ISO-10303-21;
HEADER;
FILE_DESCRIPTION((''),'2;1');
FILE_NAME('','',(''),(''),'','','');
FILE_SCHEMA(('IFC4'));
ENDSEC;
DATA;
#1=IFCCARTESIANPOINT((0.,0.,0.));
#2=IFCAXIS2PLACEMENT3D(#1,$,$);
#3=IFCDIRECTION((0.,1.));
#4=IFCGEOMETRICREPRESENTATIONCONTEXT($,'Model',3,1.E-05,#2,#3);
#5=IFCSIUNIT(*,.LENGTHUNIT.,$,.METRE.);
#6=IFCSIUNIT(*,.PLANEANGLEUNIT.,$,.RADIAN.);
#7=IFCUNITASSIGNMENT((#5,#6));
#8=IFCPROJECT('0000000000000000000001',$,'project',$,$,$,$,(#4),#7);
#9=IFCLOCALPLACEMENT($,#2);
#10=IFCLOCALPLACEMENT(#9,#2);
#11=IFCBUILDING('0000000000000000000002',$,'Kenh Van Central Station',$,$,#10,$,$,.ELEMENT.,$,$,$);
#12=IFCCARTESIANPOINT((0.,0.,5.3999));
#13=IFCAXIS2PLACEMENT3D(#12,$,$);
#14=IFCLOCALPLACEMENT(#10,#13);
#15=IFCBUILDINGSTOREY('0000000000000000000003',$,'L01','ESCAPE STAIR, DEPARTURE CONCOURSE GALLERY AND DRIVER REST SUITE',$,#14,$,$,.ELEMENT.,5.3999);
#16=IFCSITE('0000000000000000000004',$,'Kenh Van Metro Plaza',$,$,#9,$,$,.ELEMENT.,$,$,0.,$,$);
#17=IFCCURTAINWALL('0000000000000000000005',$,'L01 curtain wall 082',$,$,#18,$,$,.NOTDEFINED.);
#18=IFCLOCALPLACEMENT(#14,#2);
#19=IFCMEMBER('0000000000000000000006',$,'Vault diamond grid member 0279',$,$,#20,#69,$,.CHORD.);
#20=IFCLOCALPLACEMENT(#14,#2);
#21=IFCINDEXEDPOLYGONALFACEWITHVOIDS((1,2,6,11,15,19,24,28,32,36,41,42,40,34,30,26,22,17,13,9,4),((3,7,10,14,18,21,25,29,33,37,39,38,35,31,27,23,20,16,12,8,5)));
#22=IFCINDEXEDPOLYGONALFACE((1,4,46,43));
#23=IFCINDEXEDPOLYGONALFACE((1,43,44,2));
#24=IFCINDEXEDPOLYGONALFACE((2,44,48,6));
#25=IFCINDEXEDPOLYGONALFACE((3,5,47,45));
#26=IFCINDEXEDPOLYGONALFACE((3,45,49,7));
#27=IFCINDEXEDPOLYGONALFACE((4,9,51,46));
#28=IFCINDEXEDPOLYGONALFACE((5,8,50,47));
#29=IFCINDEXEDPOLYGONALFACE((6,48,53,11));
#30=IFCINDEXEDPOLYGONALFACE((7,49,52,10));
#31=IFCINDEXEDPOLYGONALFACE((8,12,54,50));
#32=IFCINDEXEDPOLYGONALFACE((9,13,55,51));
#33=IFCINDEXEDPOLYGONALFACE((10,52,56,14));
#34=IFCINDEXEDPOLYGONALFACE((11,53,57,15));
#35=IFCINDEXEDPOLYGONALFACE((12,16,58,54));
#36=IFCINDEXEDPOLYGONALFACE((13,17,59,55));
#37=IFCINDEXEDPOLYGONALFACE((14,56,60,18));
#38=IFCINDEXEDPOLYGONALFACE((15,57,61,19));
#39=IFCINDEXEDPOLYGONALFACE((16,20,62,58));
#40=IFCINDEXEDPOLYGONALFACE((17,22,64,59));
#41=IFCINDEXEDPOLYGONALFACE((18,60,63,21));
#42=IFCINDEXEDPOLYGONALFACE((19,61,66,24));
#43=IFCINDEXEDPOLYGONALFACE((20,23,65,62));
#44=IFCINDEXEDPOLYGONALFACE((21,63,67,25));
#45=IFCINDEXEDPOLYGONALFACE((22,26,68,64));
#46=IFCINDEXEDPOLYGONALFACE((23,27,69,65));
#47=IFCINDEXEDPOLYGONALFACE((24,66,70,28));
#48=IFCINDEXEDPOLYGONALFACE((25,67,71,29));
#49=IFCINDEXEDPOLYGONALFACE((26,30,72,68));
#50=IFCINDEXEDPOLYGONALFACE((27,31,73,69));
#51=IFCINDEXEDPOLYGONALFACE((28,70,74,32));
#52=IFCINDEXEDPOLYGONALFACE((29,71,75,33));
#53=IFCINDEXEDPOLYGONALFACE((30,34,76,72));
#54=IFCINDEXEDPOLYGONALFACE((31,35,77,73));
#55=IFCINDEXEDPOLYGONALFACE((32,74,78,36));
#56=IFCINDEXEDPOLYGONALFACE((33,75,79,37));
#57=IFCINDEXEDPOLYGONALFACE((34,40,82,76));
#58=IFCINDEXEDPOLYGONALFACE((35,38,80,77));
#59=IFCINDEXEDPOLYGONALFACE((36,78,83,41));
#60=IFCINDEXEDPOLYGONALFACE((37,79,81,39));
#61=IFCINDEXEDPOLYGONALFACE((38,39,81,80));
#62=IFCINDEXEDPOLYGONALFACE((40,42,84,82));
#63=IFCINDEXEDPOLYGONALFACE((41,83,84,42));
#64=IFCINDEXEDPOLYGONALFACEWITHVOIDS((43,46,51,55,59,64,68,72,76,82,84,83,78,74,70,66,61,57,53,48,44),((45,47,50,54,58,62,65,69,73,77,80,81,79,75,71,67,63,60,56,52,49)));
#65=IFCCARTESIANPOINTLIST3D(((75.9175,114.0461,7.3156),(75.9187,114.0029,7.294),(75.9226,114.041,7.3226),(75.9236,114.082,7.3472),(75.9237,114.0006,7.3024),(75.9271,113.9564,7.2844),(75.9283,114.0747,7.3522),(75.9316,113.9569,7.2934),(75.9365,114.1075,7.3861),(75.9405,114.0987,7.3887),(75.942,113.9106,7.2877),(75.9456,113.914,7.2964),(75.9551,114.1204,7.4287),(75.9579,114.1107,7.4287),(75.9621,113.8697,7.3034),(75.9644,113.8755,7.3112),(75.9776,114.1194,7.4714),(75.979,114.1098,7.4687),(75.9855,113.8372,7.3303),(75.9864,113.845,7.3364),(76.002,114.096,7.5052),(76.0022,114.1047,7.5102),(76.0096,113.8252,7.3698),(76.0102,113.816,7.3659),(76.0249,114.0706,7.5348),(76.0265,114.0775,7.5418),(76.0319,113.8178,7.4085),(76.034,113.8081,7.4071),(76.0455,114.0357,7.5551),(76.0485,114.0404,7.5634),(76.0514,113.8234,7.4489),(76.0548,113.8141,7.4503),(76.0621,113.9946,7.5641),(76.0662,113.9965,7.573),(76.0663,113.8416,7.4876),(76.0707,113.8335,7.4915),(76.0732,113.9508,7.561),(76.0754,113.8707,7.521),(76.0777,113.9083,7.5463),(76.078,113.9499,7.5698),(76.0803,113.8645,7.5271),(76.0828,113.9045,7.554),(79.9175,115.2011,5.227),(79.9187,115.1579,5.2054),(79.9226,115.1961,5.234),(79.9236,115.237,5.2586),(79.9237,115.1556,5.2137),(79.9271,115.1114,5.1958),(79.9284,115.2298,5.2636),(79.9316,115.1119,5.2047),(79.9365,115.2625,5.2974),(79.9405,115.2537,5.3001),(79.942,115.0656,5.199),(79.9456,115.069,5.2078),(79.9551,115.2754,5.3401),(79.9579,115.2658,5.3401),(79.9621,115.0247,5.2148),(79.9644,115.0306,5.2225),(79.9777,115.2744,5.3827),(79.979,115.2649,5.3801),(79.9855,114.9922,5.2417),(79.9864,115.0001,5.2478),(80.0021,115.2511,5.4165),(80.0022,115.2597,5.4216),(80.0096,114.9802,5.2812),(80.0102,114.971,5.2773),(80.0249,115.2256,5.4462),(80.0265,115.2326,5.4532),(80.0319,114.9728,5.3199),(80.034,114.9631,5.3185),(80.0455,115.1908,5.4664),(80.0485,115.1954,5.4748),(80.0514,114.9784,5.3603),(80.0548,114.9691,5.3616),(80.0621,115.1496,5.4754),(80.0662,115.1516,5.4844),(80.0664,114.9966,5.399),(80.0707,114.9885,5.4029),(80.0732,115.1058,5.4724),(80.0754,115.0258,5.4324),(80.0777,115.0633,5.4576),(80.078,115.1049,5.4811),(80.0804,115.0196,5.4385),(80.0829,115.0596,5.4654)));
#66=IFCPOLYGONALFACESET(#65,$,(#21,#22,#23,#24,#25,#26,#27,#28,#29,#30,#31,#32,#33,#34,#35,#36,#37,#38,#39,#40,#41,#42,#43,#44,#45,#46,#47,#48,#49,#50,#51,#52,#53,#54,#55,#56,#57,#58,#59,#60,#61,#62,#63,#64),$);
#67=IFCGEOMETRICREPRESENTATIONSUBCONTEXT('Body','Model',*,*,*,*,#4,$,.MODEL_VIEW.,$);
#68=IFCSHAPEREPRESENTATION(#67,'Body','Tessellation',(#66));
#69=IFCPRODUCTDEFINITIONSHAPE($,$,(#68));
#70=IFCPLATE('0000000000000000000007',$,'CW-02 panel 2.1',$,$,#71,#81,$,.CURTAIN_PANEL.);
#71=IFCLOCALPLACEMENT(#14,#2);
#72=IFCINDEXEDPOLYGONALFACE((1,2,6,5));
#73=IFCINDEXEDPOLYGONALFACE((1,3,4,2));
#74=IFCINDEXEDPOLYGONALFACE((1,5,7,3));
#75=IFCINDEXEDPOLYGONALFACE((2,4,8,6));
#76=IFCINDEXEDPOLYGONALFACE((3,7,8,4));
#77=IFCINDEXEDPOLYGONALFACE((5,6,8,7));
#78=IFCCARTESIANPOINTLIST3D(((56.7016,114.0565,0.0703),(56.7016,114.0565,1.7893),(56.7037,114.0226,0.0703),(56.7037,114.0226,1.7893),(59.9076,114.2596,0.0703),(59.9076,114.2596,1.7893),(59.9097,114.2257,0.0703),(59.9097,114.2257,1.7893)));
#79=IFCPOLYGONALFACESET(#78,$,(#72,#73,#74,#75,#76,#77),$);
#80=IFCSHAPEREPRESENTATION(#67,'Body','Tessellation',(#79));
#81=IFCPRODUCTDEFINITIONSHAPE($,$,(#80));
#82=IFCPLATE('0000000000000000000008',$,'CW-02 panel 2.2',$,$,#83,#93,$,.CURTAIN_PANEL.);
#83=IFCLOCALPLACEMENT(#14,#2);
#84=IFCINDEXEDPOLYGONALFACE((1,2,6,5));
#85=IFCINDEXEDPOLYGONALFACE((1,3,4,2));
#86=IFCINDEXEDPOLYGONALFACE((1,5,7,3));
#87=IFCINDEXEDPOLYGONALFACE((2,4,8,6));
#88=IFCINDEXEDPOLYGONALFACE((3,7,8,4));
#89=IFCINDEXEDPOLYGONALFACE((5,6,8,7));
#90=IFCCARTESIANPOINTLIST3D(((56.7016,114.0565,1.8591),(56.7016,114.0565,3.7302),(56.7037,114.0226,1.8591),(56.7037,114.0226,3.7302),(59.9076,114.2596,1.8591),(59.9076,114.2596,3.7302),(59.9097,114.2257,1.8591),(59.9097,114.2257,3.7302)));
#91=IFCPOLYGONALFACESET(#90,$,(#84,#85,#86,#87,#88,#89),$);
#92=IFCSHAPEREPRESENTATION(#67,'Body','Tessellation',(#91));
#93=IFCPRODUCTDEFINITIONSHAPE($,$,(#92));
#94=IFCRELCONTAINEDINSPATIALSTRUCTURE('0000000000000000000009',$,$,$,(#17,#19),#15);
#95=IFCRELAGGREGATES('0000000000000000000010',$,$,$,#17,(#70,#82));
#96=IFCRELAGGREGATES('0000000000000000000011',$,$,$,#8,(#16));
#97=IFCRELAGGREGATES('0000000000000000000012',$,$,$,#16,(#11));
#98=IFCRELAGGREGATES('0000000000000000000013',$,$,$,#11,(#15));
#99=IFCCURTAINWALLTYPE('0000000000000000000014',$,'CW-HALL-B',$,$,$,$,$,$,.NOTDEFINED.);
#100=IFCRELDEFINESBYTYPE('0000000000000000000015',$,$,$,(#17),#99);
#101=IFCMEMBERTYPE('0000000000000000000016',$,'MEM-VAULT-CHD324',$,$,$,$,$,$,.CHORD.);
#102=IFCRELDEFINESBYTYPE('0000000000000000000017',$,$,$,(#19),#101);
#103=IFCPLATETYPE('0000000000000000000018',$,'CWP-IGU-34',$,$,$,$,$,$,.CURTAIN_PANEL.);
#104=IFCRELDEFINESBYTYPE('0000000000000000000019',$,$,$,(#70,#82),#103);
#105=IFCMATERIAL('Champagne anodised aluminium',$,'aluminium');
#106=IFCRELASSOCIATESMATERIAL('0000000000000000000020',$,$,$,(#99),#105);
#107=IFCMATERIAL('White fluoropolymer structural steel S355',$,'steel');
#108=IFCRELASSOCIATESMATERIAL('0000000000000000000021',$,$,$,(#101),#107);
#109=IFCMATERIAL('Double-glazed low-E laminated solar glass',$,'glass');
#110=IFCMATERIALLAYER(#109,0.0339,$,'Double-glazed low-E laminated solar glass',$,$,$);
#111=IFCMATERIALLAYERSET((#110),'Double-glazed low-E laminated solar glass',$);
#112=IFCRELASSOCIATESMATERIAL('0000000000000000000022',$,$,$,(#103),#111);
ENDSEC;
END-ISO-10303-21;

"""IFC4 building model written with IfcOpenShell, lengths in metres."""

from ifc_helpers import new_model, si_unit, direction, frame, origin, origin_2d, place, context, subcontext, project, spatial, rectangle, hollow_circle, extrude, material, layer, layer_set, material_profile, profile_set, type_object, element, aggregate, save


model = new_model("IFC4")

# Units and contexts
model_context = context("Model", 3, precision=1e-05, world=origin(), true_north=direction((0.0, 1.0)))
body_context = subcontext(model_context, "Body", "Model", "MODEL_VIEW")
ifc_project = project(units=[si_unit("LENGTHUNIT", "METRE"), si_unit("PLANEANGLEUNIT", "RADIAN")], contexts=[model_context])

# Site, building, storey
site_placement = place(None, origin())
site = spatial("IfcSite", under=ifc_project, at=site_placement, Name="Kenh Van Metro Plaza", CompositionType="ELEMENT", RefElevation=0.0)
building_placement = place(site_placement, origin())
building = spatial("IfcBuilding", under=site, at=building_placement, Name="Kenh Van Central Station", CompositionType="ELEMENT")
storey_placement = place(building_placement, frame((0.0, 0.0, 5.3999)))
storey = spatial("IfcBuildingStorey", under=building, at=storey_placement, Name="L01", Description="ESCAPE STAIR, DEPARTURE CONCOURSE GALLERY AND DRIVER REST SUITE", CompositionType="ELEMENT", Elevation=5.3999)

# Shared definitions
ifc_material_1 = material(Name="White fluoropolymer structural steel S355", Category="steel")

# Curtain wall
ifc_material_2 = material(Name="Champagne anodised aluminium", Category="aluminium")
curtain_wall_type = type_object("IfcCurtainWallType", Name="CW-HALL-B", PredefinedType="NOTDEFINED", material=ifc_material_2)
curtain_wall_placement = place(storey_placement, origin())
curtain_wall = element("IfcCurtainWall", 1, at=curtain_wall_placement, inside=storey, type_object=curtain_wall_type, Name="L01 curtain wall 082", PredefinedType="NOTDEFINED")

# Member
ifc_material_profile_1 = material_profile(ifc_material_1, hollow_circle(Radius=0.1619, WallThickness=0.01, at=origin_2d()), Name="CHS 323.9x10")
ifc_profile_set_1 = profile_set([ifc_material_profile_1], Name="White fluoropolymer structural steel S355")
member_type_1 = type_object("IfcMemberType", Name="MEM-VAULT-CHD324", PredefinedType="CHORD", material=ifc_profile_set_1)
member_1_placement = place(storey_placement, frame((76.0, 113.9648, 7.4287), z_axis=(0.858748, 0.24797, -0.4484), x_axis=(-0.277423, 0.960748, 0.0)))
element("IfcMember", 2, at=member_1_placement, inside=storey, type_object=member_type_1, Name="Vault diamond grid member 0279", PredefinedType="CHORD", context=body_context, shape_type="SweptSolid", body=[
    extrude(hollow_circle(Radius=0.1619, WallThickness=0.01, at=origin_2d()), origin(), (0.0, 0.0, 1.0), 4.658),
])

# Plates
ifc_material_3 = material(Name="Double-glazed low-E laminated solar glass", Category="glass")
ifc_layer = layer(ifc_material_3, 0.0339, Name="Double-glazed low-E laminated solar glass")
ifc_layer_set = layer_set([ifc_layer], Name="Double-glazed low-E laminated solar glass")
plate_type = type_object("IfcPlateType", Name="CWP-IGU-34", PredefinedType="CURTAIN_PANEL", material=ifc_layer_set)
plate_1_placement = place(storey_placement, frame((58.3057, 114.1411, 0.0703), z_axis=(0.0, 0.0, 1.0), x_axis=(-0.998, -0.063211, 0.0)))
plate_1 = element("IfcPlate", 3, at=plate_1_placement, type_object=plate_type, Name="CW-02 panel 2.1", PredefinedType="CURTAIN_PANEL", context=body_context, shape_type="SweptSolid", body=[
    extrude(rectangle(XDim=3.2124, YDim=0.0339, at=origin_2d()), origin(), (0.0, 0.0, 1.0), 1.719),
])
plate_2_placement = place(storey_placement, frame((58.3057, 114.1411, 1.8591), z_axis=(0.0, 0.0, 1.0), x_axis=(-0.998, -0.063211, 0.0)))
plate_2 = element("IfcPlate", 4, at=plate_2_placement, type_object=plate_type, Name="CW-02 panel 2.2", PredefinedType="CURTAIN_PANEL", context=body_context, shape_type="SweptSolid", body=[
    extrude(rectangle(XDim=3.2124, YDim=0.0339, at=origin_2d()), origin(), (0.0, 0.0, 1.0), 1.8711),
])
aggregate(curtain_wall, [plate_1, plate_2])

save(model, "model.ifc")
